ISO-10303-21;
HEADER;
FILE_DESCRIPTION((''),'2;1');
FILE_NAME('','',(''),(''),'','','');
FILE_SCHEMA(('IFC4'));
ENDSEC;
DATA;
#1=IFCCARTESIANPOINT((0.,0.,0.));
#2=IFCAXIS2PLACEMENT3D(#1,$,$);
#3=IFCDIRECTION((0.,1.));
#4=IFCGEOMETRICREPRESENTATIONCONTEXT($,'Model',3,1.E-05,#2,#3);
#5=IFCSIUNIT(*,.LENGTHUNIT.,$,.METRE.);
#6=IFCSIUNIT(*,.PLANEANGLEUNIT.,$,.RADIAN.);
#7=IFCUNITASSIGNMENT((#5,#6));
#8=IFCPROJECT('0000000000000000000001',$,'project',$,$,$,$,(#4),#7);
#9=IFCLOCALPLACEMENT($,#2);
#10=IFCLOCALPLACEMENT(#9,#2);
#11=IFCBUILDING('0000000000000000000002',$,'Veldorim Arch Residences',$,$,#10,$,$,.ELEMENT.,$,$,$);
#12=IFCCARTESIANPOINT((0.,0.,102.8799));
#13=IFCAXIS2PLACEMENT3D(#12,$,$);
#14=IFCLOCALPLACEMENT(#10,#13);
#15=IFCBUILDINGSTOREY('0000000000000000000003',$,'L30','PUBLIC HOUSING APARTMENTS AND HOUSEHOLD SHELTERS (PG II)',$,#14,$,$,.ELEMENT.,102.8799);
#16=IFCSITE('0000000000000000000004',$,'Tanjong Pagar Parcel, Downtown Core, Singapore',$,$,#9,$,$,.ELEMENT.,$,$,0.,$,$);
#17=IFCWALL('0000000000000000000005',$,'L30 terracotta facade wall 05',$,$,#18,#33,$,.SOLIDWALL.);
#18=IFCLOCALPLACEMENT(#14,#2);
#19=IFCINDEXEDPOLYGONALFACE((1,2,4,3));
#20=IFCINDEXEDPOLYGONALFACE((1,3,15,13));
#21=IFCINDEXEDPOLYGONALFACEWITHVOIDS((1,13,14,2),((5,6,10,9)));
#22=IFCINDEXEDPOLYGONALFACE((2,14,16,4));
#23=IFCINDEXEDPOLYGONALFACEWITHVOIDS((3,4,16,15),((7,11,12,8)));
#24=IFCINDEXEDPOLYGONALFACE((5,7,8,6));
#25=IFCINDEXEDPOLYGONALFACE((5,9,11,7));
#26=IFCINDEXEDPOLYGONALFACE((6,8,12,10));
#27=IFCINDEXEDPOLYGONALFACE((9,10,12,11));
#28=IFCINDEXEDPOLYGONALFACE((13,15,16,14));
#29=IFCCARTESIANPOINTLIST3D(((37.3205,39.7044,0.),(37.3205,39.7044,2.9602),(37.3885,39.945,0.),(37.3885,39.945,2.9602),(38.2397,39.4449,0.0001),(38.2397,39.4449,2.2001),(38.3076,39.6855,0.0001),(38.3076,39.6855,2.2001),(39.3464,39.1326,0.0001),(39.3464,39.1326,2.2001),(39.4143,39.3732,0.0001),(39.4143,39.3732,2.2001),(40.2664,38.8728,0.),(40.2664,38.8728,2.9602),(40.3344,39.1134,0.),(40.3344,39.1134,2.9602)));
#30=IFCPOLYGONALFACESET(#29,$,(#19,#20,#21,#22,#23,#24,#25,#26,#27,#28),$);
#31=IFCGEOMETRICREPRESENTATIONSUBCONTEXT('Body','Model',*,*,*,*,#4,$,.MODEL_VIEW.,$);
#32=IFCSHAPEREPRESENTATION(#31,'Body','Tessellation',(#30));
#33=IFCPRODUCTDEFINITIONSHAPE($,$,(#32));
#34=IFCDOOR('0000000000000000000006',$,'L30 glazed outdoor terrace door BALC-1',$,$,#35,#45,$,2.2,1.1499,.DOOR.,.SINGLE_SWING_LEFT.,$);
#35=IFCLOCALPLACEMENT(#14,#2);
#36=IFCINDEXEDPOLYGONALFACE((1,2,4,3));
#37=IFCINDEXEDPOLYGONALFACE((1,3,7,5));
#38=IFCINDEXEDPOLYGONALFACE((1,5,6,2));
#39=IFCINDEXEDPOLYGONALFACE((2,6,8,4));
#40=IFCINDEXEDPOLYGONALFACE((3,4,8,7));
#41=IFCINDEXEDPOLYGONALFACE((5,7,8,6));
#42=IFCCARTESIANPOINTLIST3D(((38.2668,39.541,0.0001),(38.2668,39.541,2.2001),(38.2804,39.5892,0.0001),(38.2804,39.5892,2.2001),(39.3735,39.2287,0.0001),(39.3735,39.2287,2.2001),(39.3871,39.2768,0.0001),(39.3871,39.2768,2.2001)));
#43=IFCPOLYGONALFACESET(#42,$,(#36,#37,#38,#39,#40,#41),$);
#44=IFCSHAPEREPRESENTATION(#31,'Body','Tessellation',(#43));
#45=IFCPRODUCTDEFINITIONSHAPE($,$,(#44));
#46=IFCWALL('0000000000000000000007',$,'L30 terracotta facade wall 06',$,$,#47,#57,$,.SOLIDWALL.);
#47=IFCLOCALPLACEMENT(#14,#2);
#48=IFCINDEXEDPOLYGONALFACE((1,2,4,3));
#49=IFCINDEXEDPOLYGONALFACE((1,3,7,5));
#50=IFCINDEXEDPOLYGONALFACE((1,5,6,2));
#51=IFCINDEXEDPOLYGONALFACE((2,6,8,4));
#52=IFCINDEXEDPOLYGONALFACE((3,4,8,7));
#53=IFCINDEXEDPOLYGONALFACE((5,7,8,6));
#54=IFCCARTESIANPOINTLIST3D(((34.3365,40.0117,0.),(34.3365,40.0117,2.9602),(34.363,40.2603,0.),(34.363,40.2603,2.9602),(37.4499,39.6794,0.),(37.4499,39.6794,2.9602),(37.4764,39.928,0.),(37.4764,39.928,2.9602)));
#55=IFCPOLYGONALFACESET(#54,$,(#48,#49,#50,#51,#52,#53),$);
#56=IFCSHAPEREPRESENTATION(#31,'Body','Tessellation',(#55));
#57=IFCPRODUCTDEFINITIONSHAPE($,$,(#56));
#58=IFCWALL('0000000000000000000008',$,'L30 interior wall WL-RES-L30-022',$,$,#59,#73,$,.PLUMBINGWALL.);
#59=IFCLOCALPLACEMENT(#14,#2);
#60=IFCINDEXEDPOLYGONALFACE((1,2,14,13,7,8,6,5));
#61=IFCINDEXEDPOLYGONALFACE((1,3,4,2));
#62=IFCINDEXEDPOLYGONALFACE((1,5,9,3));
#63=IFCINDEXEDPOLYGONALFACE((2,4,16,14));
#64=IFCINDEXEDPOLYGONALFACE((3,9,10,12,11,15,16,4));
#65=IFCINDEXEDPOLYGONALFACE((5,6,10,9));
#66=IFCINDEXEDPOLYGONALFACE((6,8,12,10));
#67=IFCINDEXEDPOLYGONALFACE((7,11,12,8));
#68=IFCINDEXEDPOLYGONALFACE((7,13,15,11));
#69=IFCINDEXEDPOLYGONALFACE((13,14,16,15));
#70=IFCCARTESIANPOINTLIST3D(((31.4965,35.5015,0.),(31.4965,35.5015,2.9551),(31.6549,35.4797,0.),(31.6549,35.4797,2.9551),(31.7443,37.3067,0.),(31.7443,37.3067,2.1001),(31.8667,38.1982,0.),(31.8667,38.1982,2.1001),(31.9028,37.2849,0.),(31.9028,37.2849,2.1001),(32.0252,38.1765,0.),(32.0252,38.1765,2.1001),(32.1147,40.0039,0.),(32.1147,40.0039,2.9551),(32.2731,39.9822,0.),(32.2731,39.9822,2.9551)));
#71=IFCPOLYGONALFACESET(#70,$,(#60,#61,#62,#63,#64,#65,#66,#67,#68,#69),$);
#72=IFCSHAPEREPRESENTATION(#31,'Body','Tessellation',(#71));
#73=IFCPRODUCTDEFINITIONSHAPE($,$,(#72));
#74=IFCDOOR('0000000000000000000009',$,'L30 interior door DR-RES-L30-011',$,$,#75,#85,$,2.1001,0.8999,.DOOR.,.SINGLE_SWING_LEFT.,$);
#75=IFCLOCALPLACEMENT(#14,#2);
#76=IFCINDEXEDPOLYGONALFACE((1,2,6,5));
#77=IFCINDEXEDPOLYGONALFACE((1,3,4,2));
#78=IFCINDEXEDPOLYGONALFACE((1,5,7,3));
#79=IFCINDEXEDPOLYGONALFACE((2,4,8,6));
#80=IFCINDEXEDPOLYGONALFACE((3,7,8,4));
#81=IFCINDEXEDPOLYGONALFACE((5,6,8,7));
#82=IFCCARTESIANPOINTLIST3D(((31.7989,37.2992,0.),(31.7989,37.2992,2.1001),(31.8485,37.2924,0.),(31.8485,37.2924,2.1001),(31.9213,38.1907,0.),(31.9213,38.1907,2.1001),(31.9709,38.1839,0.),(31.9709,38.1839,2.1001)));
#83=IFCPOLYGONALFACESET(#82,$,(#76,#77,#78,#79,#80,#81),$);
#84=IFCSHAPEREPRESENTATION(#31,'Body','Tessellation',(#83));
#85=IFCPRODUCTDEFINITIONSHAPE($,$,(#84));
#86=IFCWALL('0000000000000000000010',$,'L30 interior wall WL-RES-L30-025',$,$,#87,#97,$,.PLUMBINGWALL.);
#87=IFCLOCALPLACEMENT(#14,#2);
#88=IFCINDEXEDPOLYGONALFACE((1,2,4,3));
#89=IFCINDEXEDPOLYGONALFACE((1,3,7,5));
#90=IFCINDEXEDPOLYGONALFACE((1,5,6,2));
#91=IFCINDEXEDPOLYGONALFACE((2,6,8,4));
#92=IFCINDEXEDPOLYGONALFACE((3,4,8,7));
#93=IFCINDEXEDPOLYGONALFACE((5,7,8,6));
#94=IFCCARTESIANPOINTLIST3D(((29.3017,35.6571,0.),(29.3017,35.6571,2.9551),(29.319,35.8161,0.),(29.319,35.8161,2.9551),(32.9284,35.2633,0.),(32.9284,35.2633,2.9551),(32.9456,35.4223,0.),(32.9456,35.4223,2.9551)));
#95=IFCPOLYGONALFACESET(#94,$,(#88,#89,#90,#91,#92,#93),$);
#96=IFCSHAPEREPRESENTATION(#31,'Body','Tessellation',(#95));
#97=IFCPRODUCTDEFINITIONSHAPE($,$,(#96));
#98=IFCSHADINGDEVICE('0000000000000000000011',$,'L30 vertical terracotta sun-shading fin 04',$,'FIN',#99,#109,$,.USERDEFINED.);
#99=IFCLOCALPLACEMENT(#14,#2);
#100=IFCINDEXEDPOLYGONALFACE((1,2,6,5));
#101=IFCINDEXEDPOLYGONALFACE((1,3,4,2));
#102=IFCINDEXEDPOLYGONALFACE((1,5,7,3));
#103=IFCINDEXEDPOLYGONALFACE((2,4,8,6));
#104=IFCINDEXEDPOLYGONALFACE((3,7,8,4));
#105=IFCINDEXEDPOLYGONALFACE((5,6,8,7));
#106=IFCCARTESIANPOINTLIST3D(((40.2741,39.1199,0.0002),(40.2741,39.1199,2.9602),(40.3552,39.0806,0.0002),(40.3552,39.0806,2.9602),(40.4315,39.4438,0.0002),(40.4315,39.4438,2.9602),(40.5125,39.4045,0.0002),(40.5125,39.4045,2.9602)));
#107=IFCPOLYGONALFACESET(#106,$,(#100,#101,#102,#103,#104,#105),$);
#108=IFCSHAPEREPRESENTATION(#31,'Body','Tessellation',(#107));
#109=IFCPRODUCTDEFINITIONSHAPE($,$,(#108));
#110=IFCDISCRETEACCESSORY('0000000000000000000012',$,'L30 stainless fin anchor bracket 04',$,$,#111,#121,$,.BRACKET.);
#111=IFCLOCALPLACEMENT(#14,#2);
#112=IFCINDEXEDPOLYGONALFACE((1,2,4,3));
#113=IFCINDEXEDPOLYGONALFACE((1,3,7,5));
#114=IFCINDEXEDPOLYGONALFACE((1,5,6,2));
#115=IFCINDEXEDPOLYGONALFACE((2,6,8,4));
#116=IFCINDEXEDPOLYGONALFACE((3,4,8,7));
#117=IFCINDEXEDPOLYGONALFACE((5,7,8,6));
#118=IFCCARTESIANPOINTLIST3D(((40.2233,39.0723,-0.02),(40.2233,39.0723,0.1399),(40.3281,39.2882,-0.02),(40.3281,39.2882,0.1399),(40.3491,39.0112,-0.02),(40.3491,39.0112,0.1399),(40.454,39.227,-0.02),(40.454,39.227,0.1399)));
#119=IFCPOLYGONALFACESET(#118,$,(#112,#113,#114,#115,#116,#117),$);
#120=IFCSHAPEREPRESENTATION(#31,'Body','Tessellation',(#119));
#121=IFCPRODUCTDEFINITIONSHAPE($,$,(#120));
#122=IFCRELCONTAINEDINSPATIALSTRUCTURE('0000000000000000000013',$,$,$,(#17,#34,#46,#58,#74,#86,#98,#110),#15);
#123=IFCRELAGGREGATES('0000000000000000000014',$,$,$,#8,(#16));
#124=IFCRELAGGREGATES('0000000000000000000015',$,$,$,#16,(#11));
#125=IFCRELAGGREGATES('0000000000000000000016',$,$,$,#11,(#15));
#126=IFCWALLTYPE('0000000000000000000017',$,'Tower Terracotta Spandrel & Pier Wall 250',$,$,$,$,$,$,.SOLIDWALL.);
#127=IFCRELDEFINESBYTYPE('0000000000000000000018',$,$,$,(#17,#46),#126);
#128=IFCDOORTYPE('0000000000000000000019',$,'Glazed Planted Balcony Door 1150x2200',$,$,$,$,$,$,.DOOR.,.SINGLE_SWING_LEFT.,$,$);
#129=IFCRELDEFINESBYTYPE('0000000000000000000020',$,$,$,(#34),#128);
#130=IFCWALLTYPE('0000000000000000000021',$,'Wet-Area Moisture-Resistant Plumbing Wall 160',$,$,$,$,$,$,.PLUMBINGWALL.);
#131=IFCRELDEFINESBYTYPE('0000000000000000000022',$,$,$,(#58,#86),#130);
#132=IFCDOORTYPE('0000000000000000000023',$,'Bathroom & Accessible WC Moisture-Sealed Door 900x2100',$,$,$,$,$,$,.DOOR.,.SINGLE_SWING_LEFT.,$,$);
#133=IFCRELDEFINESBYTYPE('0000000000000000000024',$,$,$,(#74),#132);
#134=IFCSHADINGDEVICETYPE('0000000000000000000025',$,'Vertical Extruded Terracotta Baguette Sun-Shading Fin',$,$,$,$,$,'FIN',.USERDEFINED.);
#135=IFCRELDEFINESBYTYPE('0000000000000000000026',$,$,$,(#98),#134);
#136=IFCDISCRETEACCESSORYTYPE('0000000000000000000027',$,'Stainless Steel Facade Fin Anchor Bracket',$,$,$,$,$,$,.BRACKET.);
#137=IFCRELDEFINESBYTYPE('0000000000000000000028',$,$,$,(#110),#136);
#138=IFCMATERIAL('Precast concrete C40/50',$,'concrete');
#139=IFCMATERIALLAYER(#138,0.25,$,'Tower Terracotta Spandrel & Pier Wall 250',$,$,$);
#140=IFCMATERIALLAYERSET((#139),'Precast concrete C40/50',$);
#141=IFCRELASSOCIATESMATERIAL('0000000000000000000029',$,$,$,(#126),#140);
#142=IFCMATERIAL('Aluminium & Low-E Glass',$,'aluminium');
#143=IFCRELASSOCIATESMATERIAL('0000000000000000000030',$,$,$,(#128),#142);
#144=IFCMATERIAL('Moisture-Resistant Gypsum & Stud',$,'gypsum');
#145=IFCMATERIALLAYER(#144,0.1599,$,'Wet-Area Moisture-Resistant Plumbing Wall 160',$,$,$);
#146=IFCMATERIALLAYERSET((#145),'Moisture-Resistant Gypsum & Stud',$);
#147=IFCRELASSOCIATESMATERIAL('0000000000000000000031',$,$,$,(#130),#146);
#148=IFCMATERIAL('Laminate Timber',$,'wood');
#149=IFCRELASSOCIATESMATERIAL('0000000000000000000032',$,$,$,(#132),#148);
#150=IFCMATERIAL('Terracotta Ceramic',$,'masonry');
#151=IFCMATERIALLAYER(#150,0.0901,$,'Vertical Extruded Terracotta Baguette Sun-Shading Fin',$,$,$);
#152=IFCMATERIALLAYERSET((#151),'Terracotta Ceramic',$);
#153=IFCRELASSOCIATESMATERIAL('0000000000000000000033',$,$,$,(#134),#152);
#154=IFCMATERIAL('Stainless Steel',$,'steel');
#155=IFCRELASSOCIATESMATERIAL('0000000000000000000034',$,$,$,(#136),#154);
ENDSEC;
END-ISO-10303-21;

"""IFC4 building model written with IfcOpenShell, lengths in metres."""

from ifc_helpers import new_model, si_unit, direction, frame, frame_2d, origin, origin_2d, place, context, subcontext, project, spatial, rectangle, extrude, material, layer, layer_set, type_object, element, fill, save


model = new_model("IFC4")

# Units and contexts
model_context = context("Model", 3, precision=1e-05, world=origin(), true_north=direction((0.0, 1.0)))
body_context = subcontext(model_context, "Body", "Model", "MODEL_VIEW")
ifc_project = project(units=[si_unit("LENGTHUNIT", "METRE"), si_unit("PLANEANGLEUNIT", "RADIAN")], contexts=[model_context])

# Site, building, storey
site_placement = place(None, origin())
site = spatial("IfcSite", under=ifc_project, at=site_placement, Name="Tanjong Pagar Parcel, Downtown Core, Singapore", CompositionType="ELEMENT", RefElevation=0.0)
building_placement = place(site_placement, origin())
building = spatial("IfcBuilding", under=site, at=building_placement, Name="Veldorim Arch Residences", CompositionType="ELEMENT")
storey_placement = place(building_placement, frame((0.0, 0.0, 102.8799)))
storey = spatial("IfcBuildingStorey", under=building, at=storey_placement, Name="L30", Description="PUBLIC HOUSING APARTMENTS AND HOUSEHOLD SHELTERS (PG II)", CompositionType="ELEMENT", Elevation=102.8799)

# Wall, opening, door
ifc_material_1 = material(Name="Precast concrete C40/50", Category="concrete")
ifc_layer_1 = layer(ifc_material_1, 0.25, Name="Tower Terracotta Spandrel & Pier Wall 250")
ifc_layer_set_1 = layer_set([ifc_layer_1], Name="Precast concrete C40/50")
wall_type_1 = type_object("IfcWallType", Name="Tower Terracotta Spandrel & Pier Wall 250", PredefinedType="SOLIDWALL", material=ifc_layer_set_1)
wall_1_placement = place(storey_placement, frame((37.3545, 39.8247, 0.0), z_axis=(0.0, 0.0, 1.0), x_axis=(0.962392, -0.271665, 0.0)))
wall_1 = element("IfcWall", 1, at=wall_1_placement, inside=storey, type_object=wall_type_1, Name="L30 terracotta facade wall 05", PredefinedType="SOLIDWALL", context=body_context, shape_type="SweptSolid", body=[
    extrude(rectangle(XDim=3.061, YDim=0.25, at=frame_2d((1.5305, 0.0))), origin(), (0.0, 0.0, 1.0), 2.9602),
])
opening_1_placement = place(wall_1_placement, frame((0.9551, 0.0, 0.0)))
opening_1 = element("IfcOpeningElement", 2, at=opening_1_placement, cuts=wall_1, PredefinedType="OPENING", context=body_context, shape_type="SweptSolid", body=[
    extrude(rectangle(XDim=1.1499, YDim=2.2, at=frame_2d((0.575, 1.1001))), frame((0.0, 0.135, 0.0), z_axis=(0.0, -1.0, 0.0), x_axis=(1.0, 0.0, 0.0)), (0.0, 0.0, 1.0), 0.27),
])
ifc_material_2 = material(Name="Aluminium & Low-E Glass", Category="aluminium")
door_type_1 = type_object("IfcDoorType", Name="Glazed Planted Balcony Door 1150x2200", OperationType="SINGLE_SWING_LEFT", PredefinedType="DOOR", material=ifc_material_2)
door_1_placement = place(opening_1_placement, origin())
door_1 = element("IfcDoor", 3, at=door_1_placement, inside=storey, type_object=door_type_1, Name="L30 glazed outdoor terrace door BALC-1", OperationType="SINGLE_SWING_LEFT", OverallHeight=2.2, OverallWidth=1.1499, PredefinedType="DOOR", context=body_context, shape_type="SweptSolid", body=[
    extrude(rectangle(XDim=1.1499, YDim=2.2, at=frame_2d((0.575, 1.1001))), frame((0.0, 0.0249, 0.0), z_axis=(0.0, -1.0, 0.0), x_axis=(1.0, 0.0, 0.0)), (0.0, 0.0, 1.0), 0.05),
])
fill(opening_1, door_1)

# Wall
wall_2_placement = place(storey_placement, frame((34.3499, 40.136, 0.0), z_axis=(0.0, 0.0, 1.0), x_axis=(0.994354, -0.106117, 0.0)))
element("IfcWall", 4, at=wall_2_placement, inside=storey, type_object=wall_type_1, Name="L30 terracotta facade wall 06", PredefinedType="SOLIDWALL", context=body_context, shape_type="SweptSolid", body=[
    extrude(rectangle(XDim=3.1311, YDim=0.25, at=frame_2d((1.5654, 0.0))), origin(), (0.0, 0.0, 1.0), 2.9602),
])

# Wall, opening, door
ifc_material_3 = material(Name="Moisture-Resistant Gypsum & Stud", Category="gypsum")
ifc_layer_2 = layer(ifc_material_3, 0.1599, Name="Wet-Area Moisture-Resistant Plumbing Wall 160")
ifc_layer_set_2 = layer_set([ifc_layer_2], Name="Moisture-Resistant Gypsum & Stud")
wall_type_2 = type_object("IfcWallType", Name="Wet-Area Moisture-Resistant Plumbing Wall 160", PredefinedType="PLUMBINGWALL", material=ifc_layer_set_2)
wall_3_placement = place(storey_placement, frame((31.5757, 35.4905, 0.0), z_axis=(0.0, 0.0, 1.0), x_axis=(0.136019, 0.990706, 0.0)))
wall_3 = element("IfcWall", 5, at=wall_3_placement, inside=storey, type_object=wall_type_2, Name="L30 interior wall WL-RES-L30-022", PredefinedType="PLUMBINGWALL", context=body_context, shape_type="SweptSolid", body=[
    extrude(rectangle(XDim=4.5447, YDim=0.1599, at=frame_2d((2.2725, 0.0))), origin(), (0.0, 0.0, 1.0), 2.9551),
])
opening_2_placement = place(wall_3_placement, frame((1.8223, 0.0, 0.0)))
opening_2 = element("IfcOpeningElement", 6, at=opening_2_placement, cuts=wall_3, PredefinedType="OPENING", context=body_context, shape_type="SweptSolid", body=[
    extrude(rectangle(XDim=0.8999, YDim=2.1001, at=frame_2d((0.45, 1.05))), frame((0.0, 0.0898, 0.0), z_axis=(0.0, -1.0, 0.0), x_axis=(1.0, 0.0, 0.0)), (0.0, 0.0, 1.0), 0.1799),
])
ifc_material_4 = material(Name="Laminate Timber", Category="wood")
door_type_2 = type_object("IfcDoorType", Name="Bathroom & Accessible WC Moisture-Sealed Door 900x2100", OperationType="SINGLE_SWING_LEFT", PredefinedType="DOOR", material=ifc_material_4)
door_2_placement = place(opening_2_placement, origin())
door_2 = element("IfcDoor", 7, at=door_2_placement, inside=storey, type_object=door_type_2, Name="L30 interior door DR-RES-L30-011", OperationType="SINGLE_SWING_LEFT", OverallHeight=2.1001, OverallWidth=0.8999, PredefinedType="DOOR", context=body_context, shape_type="SweptSolid", body=[
    extrude(rectangle(XDim=0.8999, YDim=2.1001, at=frame_2d((0.45, 1.05))), frame((0.0, 0.0249, 0.0), z_axis=(0.0, -1.0, 0.0), x_axis=(1.0, 0.0, 0.0)), (0.0, 0.0, 1.0), 0.05),
])
fill(opening_2, door_2)

# Wall
wall_4_placement = place(storey_placement, frame((32.937, 35.3428, 0.0), z_axis=(0.0, 0.0, 1.0), x_axis=(-0.994156, 0.107948, 0.0)))
element("IfcWall", 8, at=wall_4_placement, inside=storey, type_object=wall_type_2, Name="L30 interior wall WL-RES-L30-025", PredefinedType="PLUMBINGWALL", context=body_context, shape_type="SweptSolid", body=[
    extrude(rectangle(XDim=3.6479, YDim=0.1599, at=frame_2d((1.824, 0.0))), origin(), (0.0, 0.0, 1.0), 2.9551),
])

# Shading device
ifc_material_5 = material(Name="Terracotta Ceramic", Category="masonry")
ifc_layer_3 = layer(ifc_material_5, 0.0901, Name="Vertical Extruded Terracotta Baguette Sun-Shading Fin")
ifc_layer_set_3 = layer_set([ifc_layer_3], Name="Terracotta Ceramic")
shading_device_type = type_object("IfcShadingDeviceType", Name="Vertical Extruded Terracotta Baguette Sun-Shading Fin", ElementType="FIN", PredefinedType="USERDEFINED", material=ifc_layer_set_3)
shading_device_placement = place(storey_placement, frame((40.3933, 39.2622, 0.0002), z_axis=(0.0, 0.0, 1.0), x_axis=(0.899482, -0.436959, 0.0)))
element("IfcShadingDevice", 9, at=shading_device_placement, inside=storey, type_object=shading_device_type, Name="L30 vertical terracotta sun-shading fin 04", ObjectType="FIN", PredefinedType="USERDEFINED", context=body_context, shape_type="SweptSolid", body=[
    extrude(rectangle(XDim=0.0901, YDim=0.3601, at=origin_2d()), origin(), (0.0, 0.0, 1.0), 2.96),
])

# Discrete accessory
ifc_material_6 = material(Name="Stainless Steel", Category="steel")
discrete_accessory_type = type_object("IfcDiscreteAccessoryType", Name="Stainless Steel Facade Fin Anchor Bracket", PredefinedType="BRACKET", material=ifc_material_6)
discrete_accessory_placement = place(storey_placement, frame((40.3386, 39.1497, -0.02), z_axis=(0.0, 0.0, 1.0), x_axis=(0.899482, -0.436959, 0.0)))
element("IfcDiscreteAccessory", 10, at=discrete_accessory_placement, inside=storey, type_object=discrete_accessory_type, Name="L30 stainless fin anchor bracket 04", PredefinedType="BRACKET", context=body_context, shape_type="SweptSolid", body=[
    extrude(rectangle(XDim=0.1399, YDim=0.24, at=origin_2d()), origin(), (0.0, 0.0, 1.0), 0.1599),
])

save(model, "model.ifc")
